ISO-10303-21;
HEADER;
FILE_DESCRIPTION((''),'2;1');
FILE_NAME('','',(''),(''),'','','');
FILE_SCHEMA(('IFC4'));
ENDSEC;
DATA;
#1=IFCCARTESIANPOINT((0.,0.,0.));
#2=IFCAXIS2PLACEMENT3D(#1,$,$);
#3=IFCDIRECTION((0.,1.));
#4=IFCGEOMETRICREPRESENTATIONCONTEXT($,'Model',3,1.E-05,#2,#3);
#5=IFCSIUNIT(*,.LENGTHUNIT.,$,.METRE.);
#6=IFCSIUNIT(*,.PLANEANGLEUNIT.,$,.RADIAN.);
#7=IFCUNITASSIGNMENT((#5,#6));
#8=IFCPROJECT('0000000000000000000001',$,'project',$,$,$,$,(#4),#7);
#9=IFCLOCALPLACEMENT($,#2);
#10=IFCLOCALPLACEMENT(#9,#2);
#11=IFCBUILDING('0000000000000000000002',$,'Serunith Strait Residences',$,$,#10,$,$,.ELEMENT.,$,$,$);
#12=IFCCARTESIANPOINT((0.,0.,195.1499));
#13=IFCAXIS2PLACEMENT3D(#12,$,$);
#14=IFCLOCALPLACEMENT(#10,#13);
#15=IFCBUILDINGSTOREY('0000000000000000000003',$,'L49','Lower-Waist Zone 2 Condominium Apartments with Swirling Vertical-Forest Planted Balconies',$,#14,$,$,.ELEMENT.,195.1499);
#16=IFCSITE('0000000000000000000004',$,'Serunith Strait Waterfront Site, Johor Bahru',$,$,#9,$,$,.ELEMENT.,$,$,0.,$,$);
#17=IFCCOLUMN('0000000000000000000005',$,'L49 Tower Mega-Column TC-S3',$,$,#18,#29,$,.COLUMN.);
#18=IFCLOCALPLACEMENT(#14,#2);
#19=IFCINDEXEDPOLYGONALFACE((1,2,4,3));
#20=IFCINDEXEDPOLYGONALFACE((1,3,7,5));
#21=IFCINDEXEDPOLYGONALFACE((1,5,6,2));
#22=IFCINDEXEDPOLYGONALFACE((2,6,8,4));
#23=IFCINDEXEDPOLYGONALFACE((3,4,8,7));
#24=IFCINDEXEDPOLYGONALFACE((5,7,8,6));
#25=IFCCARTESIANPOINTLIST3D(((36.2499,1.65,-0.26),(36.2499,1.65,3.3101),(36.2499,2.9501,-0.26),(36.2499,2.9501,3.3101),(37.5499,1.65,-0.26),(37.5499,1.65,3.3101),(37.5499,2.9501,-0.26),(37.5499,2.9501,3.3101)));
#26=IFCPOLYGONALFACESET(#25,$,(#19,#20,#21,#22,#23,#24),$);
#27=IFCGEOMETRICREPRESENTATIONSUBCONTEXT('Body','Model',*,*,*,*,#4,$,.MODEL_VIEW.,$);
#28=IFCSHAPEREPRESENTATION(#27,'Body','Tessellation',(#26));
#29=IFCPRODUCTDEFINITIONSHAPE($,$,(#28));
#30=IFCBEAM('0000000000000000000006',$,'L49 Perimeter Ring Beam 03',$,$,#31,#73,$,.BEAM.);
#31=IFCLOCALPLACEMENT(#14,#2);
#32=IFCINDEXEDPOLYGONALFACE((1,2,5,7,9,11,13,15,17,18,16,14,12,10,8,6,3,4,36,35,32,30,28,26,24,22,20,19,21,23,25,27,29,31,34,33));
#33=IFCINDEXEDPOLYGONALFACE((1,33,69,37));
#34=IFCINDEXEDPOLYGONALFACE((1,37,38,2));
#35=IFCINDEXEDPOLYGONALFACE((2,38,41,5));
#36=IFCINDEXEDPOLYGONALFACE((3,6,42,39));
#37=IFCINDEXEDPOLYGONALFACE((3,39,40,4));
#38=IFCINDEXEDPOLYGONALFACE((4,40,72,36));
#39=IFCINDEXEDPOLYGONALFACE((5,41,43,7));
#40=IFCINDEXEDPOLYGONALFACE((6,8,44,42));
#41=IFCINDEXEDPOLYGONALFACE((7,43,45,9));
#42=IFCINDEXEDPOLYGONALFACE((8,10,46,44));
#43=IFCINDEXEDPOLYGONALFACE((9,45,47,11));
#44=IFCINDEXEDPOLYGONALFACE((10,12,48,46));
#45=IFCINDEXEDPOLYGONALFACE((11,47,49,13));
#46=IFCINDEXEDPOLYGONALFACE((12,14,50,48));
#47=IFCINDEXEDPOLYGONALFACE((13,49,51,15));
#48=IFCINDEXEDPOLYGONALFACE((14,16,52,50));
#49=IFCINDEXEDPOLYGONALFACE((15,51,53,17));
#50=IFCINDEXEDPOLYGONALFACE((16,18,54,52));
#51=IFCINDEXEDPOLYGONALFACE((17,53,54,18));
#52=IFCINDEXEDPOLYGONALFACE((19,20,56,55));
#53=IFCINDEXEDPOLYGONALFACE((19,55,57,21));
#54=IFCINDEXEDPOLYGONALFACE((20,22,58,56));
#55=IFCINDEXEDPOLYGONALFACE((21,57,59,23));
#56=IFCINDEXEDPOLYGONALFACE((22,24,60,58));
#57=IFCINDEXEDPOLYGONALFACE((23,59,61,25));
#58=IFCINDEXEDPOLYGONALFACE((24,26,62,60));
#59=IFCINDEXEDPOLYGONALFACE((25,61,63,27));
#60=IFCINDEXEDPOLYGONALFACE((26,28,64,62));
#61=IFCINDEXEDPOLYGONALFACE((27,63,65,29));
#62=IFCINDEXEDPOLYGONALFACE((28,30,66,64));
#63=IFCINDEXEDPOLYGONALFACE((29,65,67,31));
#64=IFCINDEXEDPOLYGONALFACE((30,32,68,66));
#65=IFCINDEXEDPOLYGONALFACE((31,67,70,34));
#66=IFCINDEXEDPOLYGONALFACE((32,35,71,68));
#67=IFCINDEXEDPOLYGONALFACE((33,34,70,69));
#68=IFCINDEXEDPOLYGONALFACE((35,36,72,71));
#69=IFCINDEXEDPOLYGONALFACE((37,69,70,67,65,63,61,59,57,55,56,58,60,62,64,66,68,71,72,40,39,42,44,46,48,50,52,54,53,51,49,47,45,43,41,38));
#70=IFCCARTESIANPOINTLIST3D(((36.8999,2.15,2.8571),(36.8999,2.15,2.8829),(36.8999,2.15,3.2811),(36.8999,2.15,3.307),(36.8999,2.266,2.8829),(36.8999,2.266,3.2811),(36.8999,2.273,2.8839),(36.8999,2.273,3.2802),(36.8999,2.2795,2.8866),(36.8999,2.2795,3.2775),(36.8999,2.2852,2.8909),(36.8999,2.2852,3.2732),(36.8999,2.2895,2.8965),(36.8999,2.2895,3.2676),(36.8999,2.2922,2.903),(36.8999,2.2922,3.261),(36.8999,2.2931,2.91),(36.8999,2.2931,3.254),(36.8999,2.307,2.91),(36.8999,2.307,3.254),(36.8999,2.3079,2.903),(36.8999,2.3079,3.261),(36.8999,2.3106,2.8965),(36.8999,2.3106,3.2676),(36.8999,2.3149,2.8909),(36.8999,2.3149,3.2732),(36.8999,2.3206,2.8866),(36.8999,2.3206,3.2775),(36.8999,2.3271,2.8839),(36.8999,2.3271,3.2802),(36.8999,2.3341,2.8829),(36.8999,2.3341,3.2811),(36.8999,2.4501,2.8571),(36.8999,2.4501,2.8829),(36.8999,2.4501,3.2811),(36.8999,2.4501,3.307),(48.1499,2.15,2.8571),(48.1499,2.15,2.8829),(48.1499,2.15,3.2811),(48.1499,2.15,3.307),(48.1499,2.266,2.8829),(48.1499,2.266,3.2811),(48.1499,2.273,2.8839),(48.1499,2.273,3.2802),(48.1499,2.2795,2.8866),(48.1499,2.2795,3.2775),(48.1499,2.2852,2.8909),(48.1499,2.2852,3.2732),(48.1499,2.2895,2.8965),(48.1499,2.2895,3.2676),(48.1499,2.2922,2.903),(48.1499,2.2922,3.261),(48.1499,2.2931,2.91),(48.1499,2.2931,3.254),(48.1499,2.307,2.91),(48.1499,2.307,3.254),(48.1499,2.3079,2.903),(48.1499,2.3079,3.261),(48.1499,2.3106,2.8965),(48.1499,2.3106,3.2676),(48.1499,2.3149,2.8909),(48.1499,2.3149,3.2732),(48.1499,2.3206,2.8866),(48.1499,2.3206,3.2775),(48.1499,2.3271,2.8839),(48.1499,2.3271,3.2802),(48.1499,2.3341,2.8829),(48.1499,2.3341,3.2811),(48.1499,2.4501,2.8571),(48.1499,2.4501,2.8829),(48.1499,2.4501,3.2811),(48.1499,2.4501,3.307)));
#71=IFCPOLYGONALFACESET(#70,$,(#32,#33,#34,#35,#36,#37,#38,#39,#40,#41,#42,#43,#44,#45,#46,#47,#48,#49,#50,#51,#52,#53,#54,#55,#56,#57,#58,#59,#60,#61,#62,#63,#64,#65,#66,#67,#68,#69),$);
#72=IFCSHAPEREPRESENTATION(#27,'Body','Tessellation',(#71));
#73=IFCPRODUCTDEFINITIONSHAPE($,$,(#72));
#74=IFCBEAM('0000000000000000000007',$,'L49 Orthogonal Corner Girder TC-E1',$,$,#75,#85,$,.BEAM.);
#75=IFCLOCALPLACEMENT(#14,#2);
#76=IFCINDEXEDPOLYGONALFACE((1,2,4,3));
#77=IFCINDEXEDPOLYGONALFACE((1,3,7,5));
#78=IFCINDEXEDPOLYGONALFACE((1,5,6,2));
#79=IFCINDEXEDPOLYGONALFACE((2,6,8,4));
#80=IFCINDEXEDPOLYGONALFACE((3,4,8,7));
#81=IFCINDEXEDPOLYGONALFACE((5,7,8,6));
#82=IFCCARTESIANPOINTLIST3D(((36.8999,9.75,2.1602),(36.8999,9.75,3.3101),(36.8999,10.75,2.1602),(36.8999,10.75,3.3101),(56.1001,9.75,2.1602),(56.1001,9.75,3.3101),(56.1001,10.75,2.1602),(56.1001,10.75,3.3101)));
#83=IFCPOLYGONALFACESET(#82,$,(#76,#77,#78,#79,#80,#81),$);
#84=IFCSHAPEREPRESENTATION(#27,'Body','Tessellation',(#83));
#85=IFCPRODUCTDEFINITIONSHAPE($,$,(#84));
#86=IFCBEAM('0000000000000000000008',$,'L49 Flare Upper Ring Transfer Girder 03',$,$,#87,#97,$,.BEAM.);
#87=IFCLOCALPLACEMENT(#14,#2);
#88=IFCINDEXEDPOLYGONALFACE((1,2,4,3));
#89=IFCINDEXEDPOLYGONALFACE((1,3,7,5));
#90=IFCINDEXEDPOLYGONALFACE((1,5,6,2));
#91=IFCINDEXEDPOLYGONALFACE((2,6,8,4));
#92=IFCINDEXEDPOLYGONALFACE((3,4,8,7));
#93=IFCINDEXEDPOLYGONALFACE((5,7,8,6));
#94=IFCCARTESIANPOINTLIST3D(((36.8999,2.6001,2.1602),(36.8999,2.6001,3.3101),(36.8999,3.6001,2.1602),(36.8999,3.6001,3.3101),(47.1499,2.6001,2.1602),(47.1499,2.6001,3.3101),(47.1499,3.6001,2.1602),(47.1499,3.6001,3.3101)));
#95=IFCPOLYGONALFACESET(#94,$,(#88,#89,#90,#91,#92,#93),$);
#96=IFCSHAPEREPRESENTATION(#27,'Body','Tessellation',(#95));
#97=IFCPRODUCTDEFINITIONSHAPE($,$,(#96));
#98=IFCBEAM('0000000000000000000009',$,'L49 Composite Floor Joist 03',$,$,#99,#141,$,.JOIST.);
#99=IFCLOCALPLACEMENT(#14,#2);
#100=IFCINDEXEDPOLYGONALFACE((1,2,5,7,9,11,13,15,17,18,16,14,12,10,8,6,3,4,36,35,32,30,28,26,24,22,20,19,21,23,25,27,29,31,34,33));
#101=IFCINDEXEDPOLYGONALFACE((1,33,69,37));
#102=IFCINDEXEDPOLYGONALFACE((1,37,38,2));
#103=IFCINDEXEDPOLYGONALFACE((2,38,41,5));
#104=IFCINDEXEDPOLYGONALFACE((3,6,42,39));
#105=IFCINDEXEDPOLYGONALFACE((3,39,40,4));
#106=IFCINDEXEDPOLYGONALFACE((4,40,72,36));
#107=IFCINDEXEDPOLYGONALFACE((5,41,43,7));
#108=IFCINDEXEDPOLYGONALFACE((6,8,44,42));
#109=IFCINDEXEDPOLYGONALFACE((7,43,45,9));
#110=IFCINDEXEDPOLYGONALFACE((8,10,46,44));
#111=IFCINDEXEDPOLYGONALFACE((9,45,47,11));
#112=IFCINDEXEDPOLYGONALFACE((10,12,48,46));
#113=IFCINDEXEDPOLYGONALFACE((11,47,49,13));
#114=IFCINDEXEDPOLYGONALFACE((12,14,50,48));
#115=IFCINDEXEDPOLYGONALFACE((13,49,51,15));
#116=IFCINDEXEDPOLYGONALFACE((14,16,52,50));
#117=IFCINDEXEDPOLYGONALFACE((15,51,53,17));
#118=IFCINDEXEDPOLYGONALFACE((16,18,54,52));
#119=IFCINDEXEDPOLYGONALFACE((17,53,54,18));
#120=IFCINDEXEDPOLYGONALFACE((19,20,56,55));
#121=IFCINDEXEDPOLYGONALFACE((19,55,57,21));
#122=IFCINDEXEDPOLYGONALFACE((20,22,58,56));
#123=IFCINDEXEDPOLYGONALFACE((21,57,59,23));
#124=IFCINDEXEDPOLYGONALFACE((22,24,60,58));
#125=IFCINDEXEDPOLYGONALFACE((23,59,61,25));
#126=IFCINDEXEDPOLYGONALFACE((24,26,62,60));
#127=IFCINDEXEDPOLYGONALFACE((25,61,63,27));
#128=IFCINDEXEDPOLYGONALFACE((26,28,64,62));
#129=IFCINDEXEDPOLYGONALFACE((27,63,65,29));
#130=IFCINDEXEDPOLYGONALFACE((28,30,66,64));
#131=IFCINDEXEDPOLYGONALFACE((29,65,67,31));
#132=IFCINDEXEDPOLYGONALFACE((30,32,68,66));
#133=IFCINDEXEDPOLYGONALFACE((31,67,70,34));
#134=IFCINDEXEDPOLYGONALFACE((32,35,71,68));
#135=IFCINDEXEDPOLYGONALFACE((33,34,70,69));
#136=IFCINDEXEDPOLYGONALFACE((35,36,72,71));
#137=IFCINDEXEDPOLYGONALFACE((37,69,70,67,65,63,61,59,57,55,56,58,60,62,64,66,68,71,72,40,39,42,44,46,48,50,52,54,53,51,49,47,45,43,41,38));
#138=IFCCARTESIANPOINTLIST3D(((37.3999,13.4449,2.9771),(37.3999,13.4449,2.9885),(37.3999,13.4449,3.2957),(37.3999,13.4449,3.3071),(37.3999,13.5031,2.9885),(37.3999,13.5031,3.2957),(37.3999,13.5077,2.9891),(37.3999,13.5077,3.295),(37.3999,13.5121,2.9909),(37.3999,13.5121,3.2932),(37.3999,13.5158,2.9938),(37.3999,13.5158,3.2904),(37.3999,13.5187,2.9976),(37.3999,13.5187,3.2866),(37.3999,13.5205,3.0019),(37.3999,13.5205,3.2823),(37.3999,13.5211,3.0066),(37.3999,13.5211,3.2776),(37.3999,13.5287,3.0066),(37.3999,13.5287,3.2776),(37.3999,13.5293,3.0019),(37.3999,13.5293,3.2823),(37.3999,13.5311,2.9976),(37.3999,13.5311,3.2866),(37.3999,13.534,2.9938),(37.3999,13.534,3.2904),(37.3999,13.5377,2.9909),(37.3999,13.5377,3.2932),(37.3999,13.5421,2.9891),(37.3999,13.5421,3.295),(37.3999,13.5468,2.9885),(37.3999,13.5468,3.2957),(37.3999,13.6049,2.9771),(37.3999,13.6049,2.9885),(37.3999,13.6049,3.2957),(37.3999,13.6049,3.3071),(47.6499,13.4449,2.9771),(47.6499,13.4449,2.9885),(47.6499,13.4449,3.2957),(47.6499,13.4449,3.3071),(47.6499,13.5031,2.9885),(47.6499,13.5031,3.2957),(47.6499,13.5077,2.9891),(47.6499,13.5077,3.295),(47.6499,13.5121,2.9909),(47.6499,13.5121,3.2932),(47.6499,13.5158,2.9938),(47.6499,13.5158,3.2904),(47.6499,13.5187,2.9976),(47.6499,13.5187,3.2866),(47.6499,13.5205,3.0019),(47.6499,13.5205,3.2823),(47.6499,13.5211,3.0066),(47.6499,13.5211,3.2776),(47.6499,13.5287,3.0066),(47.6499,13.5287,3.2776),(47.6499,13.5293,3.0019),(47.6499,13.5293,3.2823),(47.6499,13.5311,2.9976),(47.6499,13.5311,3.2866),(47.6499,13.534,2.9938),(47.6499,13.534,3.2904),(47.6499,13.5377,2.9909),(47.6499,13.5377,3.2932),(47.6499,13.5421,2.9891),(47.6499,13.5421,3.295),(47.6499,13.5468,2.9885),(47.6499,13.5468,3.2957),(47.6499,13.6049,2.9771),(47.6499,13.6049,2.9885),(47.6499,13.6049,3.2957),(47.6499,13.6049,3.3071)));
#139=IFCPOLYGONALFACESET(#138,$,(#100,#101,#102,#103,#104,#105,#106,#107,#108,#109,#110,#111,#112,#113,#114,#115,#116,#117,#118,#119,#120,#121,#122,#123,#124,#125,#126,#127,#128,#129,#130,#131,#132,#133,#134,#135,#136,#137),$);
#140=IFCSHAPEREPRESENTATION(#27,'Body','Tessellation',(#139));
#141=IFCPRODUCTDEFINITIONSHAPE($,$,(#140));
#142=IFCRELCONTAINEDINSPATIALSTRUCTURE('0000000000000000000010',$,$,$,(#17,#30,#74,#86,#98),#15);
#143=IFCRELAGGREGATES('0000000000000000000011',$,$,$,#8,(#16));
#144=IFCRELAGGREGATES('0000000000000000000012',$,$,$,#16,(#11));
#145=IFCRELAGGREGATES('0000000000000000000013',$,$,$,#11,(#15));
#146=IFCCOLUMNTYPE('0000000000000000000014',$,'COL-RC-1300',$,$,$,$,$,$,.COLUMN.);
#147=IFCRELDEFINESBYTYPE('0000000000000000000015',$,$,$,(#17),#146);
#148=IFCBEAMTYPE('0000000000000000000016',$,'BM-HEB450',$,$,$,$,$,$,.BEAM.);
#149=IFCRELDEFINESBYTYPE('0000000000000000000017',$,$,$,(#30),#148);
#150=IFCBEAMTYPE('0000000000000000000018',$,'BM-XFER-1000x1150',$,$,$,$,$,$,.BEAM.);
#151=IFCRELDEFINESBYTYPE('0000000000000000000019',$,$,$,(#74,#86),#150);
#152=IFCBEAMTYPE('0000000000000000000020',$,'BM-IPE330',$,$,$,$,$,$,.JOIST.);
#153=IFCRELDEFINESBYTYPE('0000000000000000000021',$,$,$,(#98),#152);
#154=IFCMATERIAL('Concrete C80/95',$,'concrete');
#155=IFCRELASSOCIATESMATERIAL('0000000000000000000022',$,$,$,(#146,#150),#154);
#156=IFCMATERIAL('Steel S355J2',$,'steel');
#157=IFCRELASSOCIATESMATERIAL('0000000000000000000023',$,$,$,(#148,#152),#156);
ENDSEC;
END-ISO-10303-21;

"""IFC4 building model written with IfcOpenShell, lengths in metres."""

from ifc_helpers import new_model, si_unit, direction, frame, origin, origin_2d, place, context, subcontext, project, spatial, rectangle, i_section, extrude, source, transform, mapped, material, material_profile, profile_set, type_object, element, save


model = new_model("IFC4")

# Units and contexts
model_context = context("Model", 3, precision=1e-05, world=origin(), true_north=direction((0.0, 1.0)))
body_context = subcontext(model_context, "Body", "Model", "MODEL_VIEW")
ifc_project = project(units=[si_unit("LENGTHUNIT", "METRE"), si_unit("PLANEANGLEUNIT", "RADIAN")], contexts=[model_context])

# Site, building, storey
site_placement = place(None, origin())
site = spatial("IfcSite", under=ifc_project, at=site_placement, Name="Serunith Strait Waterfront Site, Johor Bahru", CompositionType="ELEMENT", RefElevation=0.0)
building_placement = place(site_placement, origin())
building = spatial("IfcBuilding", under=site, at=building_placement, Name="Serunith Strait Residences", CompositionType="ELEMENT")
storey_placement = place(building_placement, frame((0.0, 0.0, 195.1499)))
storey = spatial("IfcBuildingStorey", under=building, at=storey_placement, Name="L49", Description="Lower-Waist Zone 2 Condominium Apartments with Swirling Vertical-Forest Planted Balconies", CompositionType="ELEMENT", Elevation=195.1499)

# Column
ifc_material_1 = material(Name="Concrete C80/95", Category="concrete")
ifc_material_profile_1 = material_profile(ifc_material_1, rectangle(XDim=1.3, YDim=1.3, at=origin_2d()), Name="RC 1300x1300")
ifc_profile_set_1 = profile_set([ifc_material_profile_1], Name="Concrete C80/95")
column_type = type_object("IfcColumnType", Name="COL-RC-1300", PredefinedType="COLUMN", material=ifc_profile_set_1)
shared_shape_1 = source(origin(), body_context, "Body", "SweptSolid", [
    extrude(rectangle(XDim=1.3, YDim=1.3, at=origin_2d()), origin(), (0.0, 0.0, 1.0), 3.5701),
])
column_placement = place(storey_placement, frame((36.8999, 2.3, -0.26), z_axis=(0.0, 0.0, 1.0), x_axis=(1.0, 0.0, 0.0)))
element("IfcColumn", 1, at=column_placement, inside=storey, type_object=column_type, Name="L49 Tower Mega-Column TC-S3", PredefinedType="COLUMN", context=body_context, shape_type="MappedRepresentation", body=[
    mapped(shared_shape_1, transform((0.0, 0.0, 0.0), scale=1.0)),
])

# Beams
ifc_material_2 = material(Name="Steel S355J2", Category="steel")
ifc_material_profile_2 = material_profile(ifc_material_2, i_section(OverallWidth=0.3, OverallDepth=0.45, WebThickness=0.0139, FlangeThickness=0.0259, FilletRadius=0.0271, at=origin_2d()), Name="HEB 450")
ifc_profile_set_2 = profile_set([ifc_material_profile_2], Name="Steel S355J2")
beam_type_1 = type_object("IfcBeamType", Name="BM-HEB450", PredefinedType="BEAM", material=ifc_profile_set_2)
shared_shape_2 = source(origin(), body_context, "Body", "SweptSolid", [
    extrude(i_section(OverallWidth=0.3, OverallDepth=0.45, WebThickness=0.0139, FlangeThickness=0.0259, FilletRadius=0.0271, at=origin_2d()), origin(), (0.0, 0.0, 1.0), 11.25),
])
beam_1_placement = place(storey_placement, frame((36.8999, 2.3, 3.082), z_axis=(1.0, 0.0, 0.0), x_axis=(0.0, 1.0, 0.0)))
element("IfcBeam", 2, at=beam_1_placement, inside=storey, type_object=beam_type_1, Name="L49 Perimeter Ring Beam 03", PredefinedType="BEAM", context=body_context, shape_type="MappedRepresentation", body=[
    mapped(shared_shape_2, transform((0.0, 0.0, 0.0), scale=1.0)),
])
ifc_material_profile_3 = material_profile(ifc_material_1, rectangle(XDim=1.0, YDim=1.1499, at=origin_2d()), Name="RC 1000x1150")
ifc_profile_set_3 = profile_set([ifc_material_profile_3], Name="Concrete C80/95")
beam_type_2 = type_object("IfcBeamType", Name="BM-XFER-1000x1150", PredefinedType="BEAM", material=ifc_profile_set_3)
shared_shape_3 = source(origin(), body_context, "Body", "SweptSolid", [
    extrude(rectangle(XDim=1.0, YDim=1.1499, at=origin_2d()), origin(), (0.0, 0.0, 1.0), 19.2002),
])
beam_2_placement = place(storey_placement, frame((36.8999, 10.25, 2.7351), z_axis=(1.0, 0.0, 0.0), x_axis=(0.0, 1.0, 0.0)))
element("IfcBeam", 3, at=beam_2_placement, inside=storey, type_object=beam_type_2, Name="L49 Orthogonal Corner Girder TC-E1", PredefinedType="BEAM", context=body_context, shape_type="MappedRepresentation", body=[
    mapped(shared_shape_3, transform((0.0, 0.0, 0.0), scale=1.0)),
])
shared_shape_4 = source(origin(), body_context, "Body", "SweptSolid", [
    extrude(rectangle(XDim=1.0, YDim=1.1499, at=origin_2d()), origin(), (0.0, 0.0, 1.0), 10.25),
])
beam_3_placement = place(storey_placement, frame((36.8999, 3.1001, 2.7351), z_axis=(1.0, 0.0, 0.0), x_axis=(0.0, 1.0, 0.0)))
element("IfcBeam", 4, at=beam_3_placement, inside=storey, type_object=beam_type_2, Name="L49 Flare Upper Ring Transfer Girder 03", PredefinedType="BEAM", context=body_context, shape_type="MappedRepresentation", body=[
    mapped(shared_shape_4, transform((0.0, 0.0, 0.0), scale=1.0)),
])
ifc_material_profile_4 = material_profile(ifc_material_2, i_section(OverallWidth=0.1599, OverallDepth=0.3301, WebThickness=0.0076, FlangeThickness=0.0115, FilletRadius=0.0181, at=origin_2d()), Name="IPE 330")
ifc_profile_set_4 = profile_set([ifc_material_profile_4], Name="Steel S355J2")
beam_type_3 = type_object("IfcBeamType", Name="BM-IPE330", PredefinedType="JOIST", material=ifc_profile_set_4)
shared_shape_5 = source(origin(), body_context, "Body", "SweptSolid", [
    extrude(i_section(OverallWidth=0.1599, OverallDepth=0.3301, WebThickness=0.0076, FlangeThickness=0.0115, FilletRadius=0.0181, at=origin_2d()), origin(), (0.0, 0.0, 1.0), 10.25),
])
beam_4_placement = place(storey_placement, frame((37.3999, 13.5249, 3.1421), z_axis=(1.0, 0.0, 0.0), x_axis=(0.0, 1.0, 0.0)))
element("IfcBeam", 5, at=beam_4_placement, inside=storey, type_object=beam_type_3, Name="L49 Composite Floor Joist 03", PredefinedType="JOIST", context=body_context, shape_type="MappedRepresentation", body=[
    mapped(shared_shape_5, transform((0.0, 0.0, 0.0), scale=1.0)),
])

save(model, "model.ifc")
